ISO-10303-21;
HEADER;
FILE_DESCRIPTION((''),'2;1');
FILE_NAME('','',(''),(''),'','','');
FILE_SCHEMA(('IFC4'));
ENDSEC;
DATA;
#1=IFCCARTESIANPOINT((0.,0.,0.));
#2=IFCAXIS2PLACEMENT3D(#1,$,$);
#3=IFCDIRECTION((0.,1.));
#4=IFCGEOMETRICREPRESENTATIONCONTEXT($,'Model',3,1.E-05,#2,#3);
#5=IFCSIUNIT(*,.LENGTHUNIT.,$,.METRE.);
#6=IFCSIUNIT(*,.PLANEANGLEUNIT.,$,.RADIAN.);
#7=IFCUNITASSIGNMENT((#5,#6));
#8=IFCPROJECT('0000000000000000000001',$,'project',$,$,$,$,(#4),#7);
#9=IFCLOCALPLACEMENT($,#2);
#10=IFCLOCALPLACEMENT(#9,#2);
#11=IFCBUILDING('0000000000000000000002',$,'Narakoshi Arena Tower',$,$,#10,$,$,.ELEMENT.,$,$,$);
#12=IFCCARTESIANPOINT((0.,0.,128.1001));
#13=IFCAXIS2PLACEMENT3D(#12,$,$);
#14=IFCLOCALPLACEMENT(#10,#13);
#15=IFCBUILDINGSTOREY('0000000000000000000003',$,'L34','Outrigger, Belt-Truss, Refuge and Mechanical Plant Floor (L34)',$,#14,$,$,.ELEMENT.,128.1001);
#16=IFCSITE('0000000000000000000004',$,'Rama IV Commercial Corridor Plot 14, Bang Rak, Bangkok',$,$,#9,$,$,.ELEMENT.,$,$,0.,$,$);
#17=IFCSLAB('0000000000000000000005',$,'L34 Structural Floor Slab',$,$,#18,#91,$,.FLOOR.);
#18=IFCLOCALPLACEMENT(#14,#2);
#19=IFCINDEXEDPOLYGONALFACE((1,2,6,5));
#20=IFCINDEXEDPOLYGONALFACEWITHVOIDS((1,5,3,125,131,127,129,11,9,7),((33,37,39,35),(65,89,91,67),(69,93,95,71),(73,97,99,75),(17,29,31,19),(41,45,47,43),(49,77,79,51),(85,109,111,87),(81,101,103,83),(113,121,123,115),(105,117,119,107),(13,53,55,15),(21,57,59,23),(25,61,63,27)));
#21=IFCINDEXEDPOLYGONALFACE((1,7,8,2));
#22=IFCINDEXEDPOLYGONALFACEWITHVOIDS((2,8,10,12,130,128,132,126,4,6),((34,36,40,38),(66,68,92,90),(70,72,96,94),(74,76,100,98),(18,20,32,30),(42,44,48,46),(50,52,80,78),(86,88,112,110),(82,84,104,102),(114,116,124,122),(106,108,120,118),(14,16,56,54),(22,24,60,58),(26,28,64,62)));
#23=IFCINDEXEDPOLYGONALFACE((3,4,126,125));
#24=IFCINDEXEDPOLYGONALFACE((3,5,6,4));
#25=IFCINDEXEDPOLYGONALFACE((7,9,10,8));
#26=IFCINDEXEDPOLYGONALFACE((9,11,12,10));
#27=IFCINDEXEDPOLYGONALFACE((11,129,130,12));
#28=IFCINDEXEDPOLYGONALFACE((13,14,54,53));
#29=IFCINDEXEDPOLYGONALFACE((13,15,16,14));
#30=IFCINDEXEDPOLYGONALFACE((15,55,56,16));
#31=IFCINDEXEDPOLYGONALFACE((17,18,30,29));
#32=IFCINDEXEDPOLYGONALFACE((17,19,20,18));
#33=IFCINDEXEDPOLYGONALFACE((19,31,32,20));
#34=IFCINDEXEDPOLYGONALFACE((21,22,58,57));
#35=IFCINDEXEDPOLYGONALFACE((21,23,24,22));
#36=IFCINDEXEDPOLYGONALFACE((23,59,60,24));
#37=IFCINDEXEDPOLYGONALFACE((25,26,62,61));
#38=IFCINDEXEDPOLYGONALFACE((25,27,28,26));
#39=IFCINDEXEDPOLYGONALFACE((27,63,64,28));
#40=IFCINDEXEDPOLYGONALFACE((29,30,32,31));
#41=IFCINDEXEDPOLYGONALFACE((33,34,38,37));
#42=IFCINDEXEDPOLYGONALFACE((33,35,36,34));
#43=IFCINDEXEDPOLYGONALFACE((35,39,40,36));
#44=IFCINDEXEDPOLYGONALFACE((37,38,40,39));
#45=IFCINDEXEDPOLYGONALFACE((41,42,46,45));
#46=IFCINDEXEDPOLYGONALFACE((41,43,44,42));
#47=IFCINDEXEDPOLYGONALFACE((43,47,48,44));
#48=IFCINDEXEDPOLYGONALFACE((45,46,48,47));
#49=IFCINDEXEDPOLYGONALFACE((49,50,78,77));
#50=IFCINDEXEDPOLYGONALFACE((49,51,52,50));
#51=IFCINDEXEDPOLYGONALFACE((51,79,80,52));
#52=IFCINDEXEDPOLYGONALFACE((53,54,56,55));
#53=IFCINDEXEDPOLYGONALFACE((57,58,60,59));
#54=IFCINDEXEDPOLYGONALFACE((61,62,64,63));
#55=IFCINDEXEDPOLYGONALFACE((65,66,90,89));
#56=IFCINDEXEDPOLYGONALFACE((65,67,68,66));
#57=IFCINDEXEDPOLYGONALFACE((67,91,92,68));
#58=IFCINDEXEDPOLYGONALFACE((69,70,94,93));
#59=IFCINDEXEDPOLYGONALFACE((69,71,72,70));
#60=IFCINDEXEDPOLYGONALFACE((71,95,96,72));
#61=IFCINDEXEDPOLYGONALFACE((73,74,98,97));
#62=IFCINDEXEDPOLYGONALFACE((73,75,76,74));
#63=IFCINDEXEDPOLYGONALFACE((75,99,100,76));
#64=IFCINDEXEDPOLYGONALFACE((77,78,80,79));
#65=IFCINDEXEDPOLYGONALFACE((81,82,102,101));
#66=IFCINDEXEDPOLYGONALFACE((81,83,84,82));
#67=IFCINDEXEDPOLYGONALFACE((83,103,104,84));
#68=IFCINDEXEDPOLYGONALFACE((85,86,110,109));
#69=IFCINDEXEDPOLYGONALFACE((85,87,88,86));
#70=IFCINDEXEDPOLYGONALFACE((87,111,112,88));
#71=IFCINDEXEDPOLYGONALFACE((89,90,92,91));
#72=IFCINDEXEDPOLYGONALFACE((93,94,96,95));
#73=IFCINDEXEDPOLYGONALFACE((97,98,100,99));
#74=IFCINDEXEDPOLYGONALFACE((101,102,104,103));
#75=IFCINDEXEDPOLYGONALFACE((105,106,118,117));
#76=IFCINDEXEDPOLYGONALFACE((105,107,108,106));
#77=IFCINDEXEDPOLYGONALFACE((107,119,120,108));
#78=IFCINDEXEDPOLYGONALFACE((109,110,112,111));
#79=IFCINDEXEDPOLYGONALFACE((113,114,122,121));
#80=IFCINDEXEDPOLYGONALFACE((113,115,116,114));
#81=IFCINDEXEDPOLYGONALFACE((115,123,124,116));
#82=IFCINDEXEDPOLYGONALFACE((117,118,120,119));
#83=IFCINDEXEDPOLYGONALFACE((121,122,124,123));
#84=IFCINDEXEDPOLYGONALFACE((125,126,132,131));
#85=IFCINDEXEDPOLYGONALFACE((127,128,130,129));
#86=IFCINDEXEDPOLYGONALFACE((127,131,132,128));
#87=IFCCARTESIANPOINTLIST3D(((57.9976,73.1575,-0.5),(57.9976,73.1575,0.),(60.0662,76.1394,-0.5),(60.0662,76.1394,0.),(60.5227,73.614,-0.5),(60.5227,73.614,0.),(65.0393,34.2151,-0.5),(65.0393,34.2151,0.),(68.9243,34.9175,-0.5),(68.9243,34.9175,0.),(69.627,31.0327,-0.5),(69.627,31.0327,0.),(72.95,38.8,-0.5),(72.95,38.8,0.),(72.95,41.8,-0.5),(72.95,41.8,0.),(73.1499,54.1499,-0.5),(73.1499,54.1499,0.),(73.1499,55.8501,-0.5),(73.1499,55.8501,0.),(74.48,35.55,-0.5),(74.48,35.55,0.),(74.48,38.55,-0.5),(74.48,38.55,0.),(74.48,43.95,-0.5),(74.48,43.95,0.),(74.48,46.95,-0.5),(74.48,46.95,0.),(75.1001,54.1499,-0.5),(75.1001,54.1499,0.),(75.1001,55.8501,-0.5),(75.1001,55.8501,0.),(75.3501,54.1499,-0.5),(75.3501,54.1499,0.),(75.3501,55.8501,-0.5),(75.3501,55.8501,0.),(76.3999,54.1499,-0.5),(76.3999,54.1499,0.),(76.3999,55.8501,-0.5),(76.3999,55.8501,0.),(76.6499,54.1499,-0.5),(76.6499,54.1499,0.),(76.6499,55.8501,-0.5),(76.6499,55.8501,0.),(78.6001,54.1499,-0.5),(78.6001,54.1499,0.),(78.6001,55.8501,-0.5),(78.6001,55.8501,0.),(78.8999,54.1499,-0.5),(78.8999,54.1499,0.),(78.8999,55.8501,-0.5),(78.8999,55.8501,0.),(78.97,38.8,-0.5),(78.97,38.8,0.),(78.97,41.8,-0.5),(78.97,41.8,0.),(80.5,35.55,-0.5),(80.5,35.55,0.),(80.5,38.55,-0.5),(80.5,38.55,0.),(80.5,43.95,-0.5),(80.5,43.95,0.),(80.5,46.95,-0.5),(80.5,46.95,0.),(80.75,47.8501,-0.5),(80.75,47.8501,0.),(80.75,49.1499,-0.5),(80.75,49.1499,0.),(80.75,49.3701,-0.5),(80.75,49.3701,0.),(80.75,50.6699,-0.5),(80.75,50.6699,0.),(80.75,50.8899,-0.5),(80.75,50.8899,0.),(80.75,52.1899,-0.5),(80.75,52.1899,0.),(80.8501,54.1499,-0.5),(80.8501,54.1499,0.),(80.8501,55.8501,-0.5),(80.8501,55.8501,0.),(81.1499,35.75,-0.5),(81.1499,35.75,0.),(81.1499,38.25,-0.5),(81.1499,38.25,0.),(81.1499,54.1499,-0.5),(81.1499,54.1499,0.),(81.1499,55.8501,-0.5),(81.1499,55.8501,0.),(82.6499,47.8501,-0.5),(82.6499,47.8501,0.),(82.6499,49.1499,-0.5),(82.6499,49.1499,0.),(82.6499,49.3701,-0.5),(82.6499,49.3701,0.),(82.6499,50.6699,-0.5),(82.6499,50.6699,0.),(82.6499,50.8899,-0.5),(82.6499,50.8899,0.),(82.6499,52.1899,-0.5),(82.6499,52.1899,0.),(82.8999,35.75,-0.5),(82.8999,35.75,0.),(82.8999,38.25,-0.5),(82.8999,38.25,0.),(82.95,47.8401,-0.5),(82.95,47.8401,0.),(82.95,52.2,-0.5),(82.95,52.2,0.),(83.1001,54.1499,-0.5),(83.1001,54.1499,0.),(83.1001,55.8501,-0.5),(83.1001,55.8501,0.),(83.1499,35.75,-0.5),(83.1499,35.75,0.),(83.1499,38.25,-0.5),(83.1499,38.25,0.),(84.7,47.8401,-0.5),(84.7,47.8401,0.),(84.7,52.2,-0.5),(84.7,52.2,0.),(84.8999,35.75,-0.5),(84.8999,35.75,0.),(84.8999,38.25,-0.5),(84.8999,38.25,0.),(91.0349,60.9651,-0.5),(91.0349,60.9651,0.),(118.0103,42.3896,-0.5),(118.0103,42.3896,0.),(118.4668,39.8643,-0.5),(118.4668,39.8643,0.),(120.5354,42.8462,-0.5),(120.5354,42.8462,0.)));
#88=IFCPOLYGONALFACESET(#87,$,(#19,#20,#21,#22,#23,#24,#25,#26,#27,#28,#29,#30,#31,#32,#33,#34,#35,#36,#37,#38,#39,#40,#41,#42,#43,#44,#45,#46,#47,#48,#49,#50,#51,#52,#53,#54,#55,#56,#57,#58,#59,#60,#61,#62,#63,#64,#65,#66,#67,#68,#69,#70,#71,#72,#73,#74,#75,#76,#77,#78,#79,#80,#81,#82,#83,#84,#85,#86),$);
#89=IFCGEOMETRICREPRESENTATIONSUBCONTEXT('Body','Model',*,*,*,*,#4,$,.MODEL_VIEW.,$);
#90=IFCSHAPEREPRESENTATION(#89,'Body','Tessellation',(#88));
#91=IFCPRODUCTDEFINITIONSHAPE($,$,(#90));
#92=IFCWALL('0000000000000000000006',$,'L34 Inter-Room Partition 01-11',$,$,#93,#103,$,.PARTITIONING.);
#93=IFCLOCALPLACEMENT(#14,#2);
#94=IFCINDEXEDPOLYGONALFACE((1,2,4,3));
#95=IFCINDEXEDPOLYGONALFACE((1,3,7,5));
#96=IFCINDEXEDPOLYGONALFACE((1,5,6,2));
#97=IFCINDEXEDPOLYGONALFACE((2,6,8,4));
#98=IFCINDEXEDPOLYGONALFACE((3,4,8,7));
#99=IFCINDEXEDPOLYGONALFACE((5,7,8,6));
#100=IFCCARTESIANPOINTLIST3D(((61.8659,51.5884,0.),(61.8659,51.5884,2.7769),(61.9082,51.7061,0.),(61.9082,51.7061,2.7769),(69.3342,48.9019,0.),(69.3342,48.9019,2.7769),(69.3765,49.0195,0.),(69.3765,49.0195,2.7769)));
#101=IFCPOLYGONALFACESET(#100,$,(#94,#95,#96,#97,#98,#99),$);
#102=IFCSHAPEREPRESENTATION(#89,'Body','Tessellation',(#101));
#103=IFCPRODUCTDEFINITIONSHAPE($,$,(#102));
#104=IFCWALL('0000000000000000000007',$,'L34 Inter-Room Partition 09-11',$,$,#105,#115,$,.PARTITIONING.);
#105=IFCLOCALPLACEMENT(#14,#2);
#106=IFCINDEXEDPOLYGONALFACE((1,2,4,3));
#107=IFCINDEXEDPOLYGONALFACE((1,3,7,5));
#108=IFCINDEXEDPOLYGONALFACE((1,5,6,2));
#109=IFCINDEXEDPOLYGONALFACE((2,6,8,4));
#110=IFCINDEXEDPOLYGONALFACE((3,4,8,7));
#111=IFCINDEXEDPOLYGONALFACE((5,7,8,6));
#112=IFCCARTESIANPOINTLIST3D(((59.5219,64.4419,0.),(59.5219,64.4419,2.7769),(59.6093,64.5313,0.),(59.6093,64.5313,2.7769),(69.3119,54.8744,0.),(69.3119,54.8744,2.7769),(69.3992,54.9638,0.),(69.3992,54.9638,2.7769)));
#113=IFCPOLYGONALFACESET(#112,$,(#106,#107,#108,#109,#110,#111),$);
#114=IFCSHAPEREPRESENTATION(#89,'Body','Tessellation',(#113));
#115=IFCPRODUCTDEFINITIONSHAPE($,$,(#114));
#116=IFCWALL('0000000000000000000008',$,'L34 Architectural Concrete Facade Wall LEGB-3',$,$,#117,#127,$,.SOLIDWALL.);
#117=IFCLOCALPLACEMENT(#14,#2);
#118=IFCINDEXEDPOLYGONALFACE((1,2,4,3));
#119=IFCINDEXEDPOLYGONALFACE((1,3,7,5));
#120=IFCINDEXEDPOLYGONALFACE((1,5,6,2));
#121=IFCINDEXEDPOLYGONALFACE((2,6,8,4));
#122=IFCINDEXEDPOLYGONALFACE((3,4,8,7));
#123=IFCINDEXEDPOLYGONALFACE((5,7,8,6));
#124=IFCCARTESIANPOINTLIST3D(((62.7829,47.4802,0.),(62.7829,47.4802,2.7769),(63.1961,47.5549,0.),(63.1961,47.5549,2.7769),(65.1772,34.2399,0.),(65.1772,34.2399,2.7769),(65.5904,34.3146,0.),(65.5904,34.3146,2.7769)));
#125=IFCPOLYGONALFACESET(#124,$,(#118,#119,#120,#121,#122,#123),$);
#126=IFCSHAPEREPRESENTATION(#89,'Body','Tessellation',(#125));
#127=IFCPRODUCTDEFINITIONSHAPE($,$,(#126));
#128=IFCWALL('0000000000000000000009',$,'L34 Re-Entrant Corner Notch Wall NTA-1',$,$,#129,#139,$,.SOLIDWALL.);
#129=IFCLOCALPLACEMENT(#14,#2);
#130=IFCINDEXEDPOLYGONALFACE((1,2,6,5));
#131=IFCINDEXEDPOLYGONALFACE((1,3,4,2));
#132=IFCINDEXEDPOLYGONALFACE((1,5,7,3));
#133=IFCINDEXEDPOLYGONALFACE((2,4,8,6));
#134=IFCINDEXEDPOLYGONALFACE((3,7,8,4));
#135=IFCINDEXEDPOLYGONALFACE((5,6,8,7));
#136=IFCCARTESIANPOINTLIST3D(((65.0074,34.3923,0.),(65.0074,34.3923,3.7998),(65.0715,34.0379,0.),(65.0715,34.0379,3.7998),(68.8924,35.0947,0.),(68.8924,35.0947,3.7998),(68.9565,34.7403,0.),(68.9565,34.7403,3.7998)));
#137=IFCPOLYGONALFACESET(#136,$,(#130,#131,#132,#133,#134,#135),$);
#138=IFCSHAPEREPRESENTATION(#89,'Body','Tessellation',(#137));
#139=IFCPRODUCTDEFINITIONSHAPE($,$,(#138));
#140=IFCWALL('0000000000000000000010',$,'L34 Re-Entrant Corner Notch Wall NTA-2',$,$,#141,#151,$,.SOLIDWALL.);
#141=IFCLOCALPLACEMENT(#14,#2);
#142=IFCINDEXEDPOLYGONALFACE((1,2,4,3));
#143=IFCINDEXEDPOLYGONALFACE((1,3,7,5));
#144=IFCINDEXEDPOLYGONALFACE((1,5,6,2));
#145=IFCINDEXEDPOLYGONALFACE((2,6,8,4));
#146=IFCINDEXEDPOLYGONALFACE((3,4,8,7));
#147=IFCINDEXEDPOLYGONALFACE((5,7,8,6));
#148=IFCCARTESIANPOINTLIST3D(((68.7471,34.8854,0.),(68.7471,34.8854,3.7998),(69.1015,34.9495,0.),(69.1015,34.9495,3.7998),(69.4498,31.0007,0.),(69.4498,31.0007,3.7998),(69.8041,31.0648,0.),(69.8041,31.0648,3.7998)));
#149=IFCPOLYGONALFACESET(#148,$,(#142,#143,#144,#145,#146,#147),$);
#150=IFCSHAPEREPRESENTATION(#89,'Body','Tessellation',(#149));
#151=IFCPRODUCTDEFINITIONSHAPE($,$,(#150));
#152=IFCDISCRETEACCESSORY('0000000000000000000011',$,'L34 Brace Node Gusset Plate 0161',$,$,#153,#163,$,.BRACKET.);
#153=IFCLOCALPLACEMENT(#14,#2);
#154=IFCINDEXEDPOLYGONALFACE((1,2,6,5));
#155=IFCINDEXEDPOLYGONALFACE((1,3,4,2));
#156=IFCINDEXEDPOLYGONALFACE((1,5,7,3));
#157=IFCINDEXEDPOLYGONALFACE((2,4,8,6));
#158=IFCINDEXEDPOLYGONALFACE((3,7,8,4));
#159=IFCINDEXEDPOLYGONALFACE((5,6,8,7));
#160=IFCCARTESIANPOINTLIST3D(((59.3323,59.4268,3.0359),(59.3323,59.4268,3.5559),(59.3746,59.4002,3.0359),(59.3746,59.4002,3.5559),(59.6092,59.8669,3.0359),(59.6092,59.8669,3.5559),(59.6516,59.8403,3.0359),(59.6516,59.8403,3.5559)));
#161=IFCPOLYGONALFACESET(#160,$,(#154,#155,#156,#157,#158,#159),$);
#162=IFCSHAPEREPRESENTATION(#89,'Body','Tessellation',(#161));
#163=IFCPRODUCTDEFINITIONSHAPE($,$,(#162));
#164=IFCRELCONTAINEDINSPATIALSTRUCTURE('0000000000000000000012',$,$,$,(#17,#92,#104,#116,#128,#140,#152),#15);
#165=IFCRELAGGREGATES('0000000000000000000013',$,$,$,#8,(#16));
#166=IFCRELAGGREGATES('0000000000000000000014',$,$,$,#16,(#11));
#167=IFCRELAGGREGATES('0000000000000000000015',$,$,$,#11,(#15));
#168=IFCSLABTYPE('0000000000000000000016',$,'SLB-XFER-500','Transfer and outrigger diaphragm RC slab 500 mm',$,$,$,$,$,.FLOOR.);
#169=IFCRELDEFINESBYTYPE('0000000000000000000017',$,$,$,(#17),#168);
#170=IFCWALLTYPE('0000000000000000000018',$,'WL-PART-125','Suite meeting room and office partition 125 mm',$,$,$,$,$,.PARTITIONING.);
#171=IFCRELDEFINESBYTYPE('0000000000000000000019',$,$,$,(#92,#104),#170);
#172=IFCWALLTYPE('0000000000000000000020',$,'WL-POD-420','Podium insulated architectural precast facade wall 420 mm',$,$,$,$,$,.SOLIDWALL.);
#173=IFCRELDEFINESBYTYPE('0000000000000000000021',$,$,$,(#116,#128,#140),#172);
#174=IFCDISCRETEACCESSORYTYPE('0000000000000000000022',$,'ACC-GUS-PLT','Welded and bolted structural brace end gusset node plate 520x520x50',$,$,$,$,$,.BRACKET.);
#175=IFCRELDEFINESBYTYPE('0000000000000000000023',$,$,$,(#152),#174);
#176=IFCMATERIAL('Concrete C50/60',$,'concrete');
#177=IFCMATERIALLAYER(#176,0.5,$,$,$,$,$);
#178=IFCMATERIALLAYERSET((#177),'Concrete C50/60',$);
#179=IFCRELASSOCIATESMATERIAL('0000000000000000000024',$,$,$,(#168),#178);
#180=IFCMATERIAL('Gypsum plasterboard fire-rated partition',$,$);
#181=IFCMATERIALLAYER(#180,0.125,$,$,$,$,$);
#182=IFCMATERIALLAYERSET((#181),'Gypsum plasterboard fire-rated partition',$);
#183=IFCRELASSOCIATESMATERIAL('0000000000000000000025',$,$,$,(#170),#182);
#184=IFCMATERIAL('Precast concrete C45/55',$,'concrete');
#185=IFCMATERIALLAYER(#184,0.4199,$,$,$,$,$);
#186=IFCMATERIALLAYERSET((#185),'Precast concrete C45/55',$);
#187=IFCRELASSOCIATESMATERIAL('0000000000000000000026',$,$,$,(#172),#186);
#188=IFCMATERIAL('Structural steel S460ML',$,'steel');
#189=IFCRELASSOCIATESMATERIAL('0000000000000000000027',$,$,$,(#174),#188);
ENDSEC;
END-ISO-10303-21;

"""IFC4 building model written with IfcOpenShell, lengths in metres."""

from ifc_helpers import new_model, si_unit, direction, frame, frame_2d, origin, origin_2d, place, context, subcontext, project, spatial, polyline, rectangle, outline, extrude, material, layer, layer_set, type_object, element, save


model = new_model("IFC4")

# Units and contexts
model_context = context("Model", 3, precision=1e-05, world=origin(), true_north=direction((0.0, 1.0)))
body_context = subcontext(model_context, "Body", "Model", "MODEL_VIEW")
ifc_project = project(units=[si_unit("LENGTHUNIT", "METRE"), si_unit("PLANEANGLEUNIT", "RADIAN")], contexts=[model_context])

# Site, building, storey
site_placement = place(None, origin())
site = spatial("IfcSite", under=ifc_project, at=site_placement, Name="Rama IV Commercial Corridor Plot 14, Bang Rak, Bangkok", CompositionType="ELEMENT", RefElevation=0.0)
building_placement = place(site_placement, origin())
building = spatial("IfcBuilding", under=site, at=building_placement, Name="Narakoshi Arena Tower", CompositionType="ELEMENT")
storey_placement = place(building_placement, frame((0.0, 0.0, 128.1001)))
storey = spatial("IfcBuildingStorey", under=building, at=storey_placement, Name="L34", Description="Outrigger, Belt-Truss, Refuge and Mechanical Plant Floor (L34)", CompositionType="ELEMENT", Elevation=128.1001)

# Shared definitions
ifc_material_1 = material(Name="Structural steel S460ML", Category="steel")

# Slab
ifc_material_2 = material(Name="Concrete C50/60", Category="concrete")
ifc_layer_1 = layer(ifc_material_2, 0.5)
ifc_layer_set_1 = layer_set([ifc_layer_1], Name="Concrete C50/60")
slab_type_1 = type_object("IfcSlabType", Name="SLB-XFER-500", Description="Transfer and outrigger diaphragm RC slab 500 mm", PredefinedType="FLOOR", material=ifc_layer_set_1)
slab_1_placement = place(storey_placement, frame((0.0, 0.0, -0.5)))
element("IfcSlab", 1, at=slab_1_placement, inside=storey, type_object=slab_type_1, Name="L34 Structural Floor Slab", PredefinedType="FLOOR", context=body_context, shape_type="SweptSolid", body=[
    extrude(outline(polyline([(69.627, 31.0327), (118.4668, 39.8643), (118.0103, 42.3896), (120.5354, 42.8462), (91.0349, 60.9651), (60.0662, 76.1394), (60.5227, 73.614), (57.9976, 73.1575), (65.0393, 34.2151), (68.9243, 34.9175), (69.627, 31.0327)]), holes=[polyline([(80.5, 35.55), (74.48, 35.55), (74.48, 38.55), (80.5, 38.55), (80.5, 35.55)]), polyline([(82.8999, 35.75), (81.1499, 35.75), (81.1499, 38.25), (82.8999, 38.25), (82.8999, 35.75)]), polyline([(83.1499, 35.75), (83.1499, 38.25), (84.8999, 38.25), (84.8999, 35.75), (83.1499, 35.75)]), polyline([(72.95, 38.8), (72.95, 41.8), (78.97, 41.8), (78.97, 38.8), (72.95, 38.8)]), polyline([(74.48, 43.95), (74.48, 46.95), (80.5, 46.95), (80.5, 43.95), (74.48, 43.95)]), polyline([(82.95, 47.8401), (82.95, 52.2), (84.7, 52.2), (84.7, 47.8401), (82.95, 47.8401)]), polyline([(80.75, 47.8501), (80.75, 49.1499), (82.6499, 49.1499), (82.6499, 47.8501), (80.75, 47.8501)]), polyline([(80.75, 49.3701), (80.75, 50.6699), (82.6499, 50.6699), (82.6499, 49.3701), (80.75, 49.3701)]), polyline([(80.75, 50.8899), (80.75, 52.1899), (82.6499, 52.1899), (82.6499, 50.8899), (80.75, 50.8899)]), polyline([(73.1499, 54.1499), (73.1499, 55.8501), (75.1001, 55.8501), (75.1001, 54.1499), (73.1499, 54.1499)]), polyline([(75.3501, 54.1499), (75.3501, 55.8501), (76.3999, 55.8501), (76.3999, 54.1499), (75.3501, 54.1499)]), polyline([(76.6499, 54.1499), (76.6499, 55.8501), (78.6001, 55.8501), (78.6001, 54.1499), (76.6499, 54.1499)]), polyline([(78.8999, 54.1499), (78.8999, 55.8501), (80.8501, 55.8501), (80.8501, 54.1499), (78.8999, 54.1499)]), polyline([(81.1499, 54.1499), (81.1499, 55.8501), (83.1001, 55.8501), (83.1001, 54.1499), (81.1499, 54.1499)])]), origin(), (0.0, 0.0, 1.0), 0.5),
])

# Walls
ifc_material_3 = material(Name="Gypsum plasterboard fire-rated partition")
ifc_layer_2 = layer(ifc_material_3, 0.125)
ifc_layer_set_2 = layer_set([ifc_layer_2], Name="Gypsum plasterboard fire-rated partition")
wall_type_1 = type_object("IfcWallType", Name="WL-PART-125", Description="Suite meeting room and office partition 125 mm", PredefinedType="PARTITIONING", material=ifc_layer_set_2)
wall_1_placement = place(storey_placement, frame((61.8872, 51.6472, 0.0), z_axis=(0.0, 0.0, 1.0), x_axis=(0.94097, -0.338491, 0.0)))
element("IfcWall", 2, at=wall_1_placement, inside=storey, type_object=wall_type_1, Name="L34 Inter-Room Partition 01-11", PredefinedType="PARTITIONING", context=body_context, shape_type="SweptSolid", body=[
    extrude(rectangle(XDim=7.9368, YDim=0.125, at=frame_2d((3.9683, 0.0))), origin(), (0.0, 0.0, 1.0), 2.7769),
])
wall_2_placement = place(storey_placement, frame((69.3555, 54.9192, 0.0), z_axis=(0.0, 0.0, 1.0), x_axis=(-0.715184, 0.698936, 0.0)))
element("IfcWall", 3, at=wall_2_placement, inside=storey, type_object=wall_type_1, Name="L34 Inter-Room Partition 09-11", PredefinedType="PARTITIONING", context=body_context, shape_type="SweptSolid", body=[
    extrude(rectangle(XDim=13.6887, YDim=0.125, at=frame_2d((6.8442, 0.0))), origin(), (0.0, 0.0, 1.0), 2.7769),
])
ifc_material_4 = material(Name="Precast concrete C45/55", Category="concrete")
ifc_layer_3 = layer(ifc_material_4, 0.4199)
ifc_layer_set_3 = layer_set([ifc_layer_3], Name="Precast concrete C45/55")
wall_type_2 = type_object("IfcWallType", Name="WL-POD-420", Description="Podium insulated architectural precast facade wall 420 mm", PredefinedType="SOLIDWALL", material=ifc_layer_set_3)
wall_3_placement = place(storey_placement, frame((62.9895, 47.5176, 0.0), z_axis=(0.0, 0.0, 1.0), x_axis=(0.177948, -0.98404, 0.0)))
element("IfcWall", 4, at=wall_3_placement, inside=storey, type_object=wall_type_2, Name="L34 Architectural Concrete Facade Wall LEGB-3", PredefinedType="SOLIDWALL", context=body_context, shape_type="SweptSolid", body=[
    extrude(rectangle(XDim=13.4551, YDim=0.4199, at=frame_2d((6.7275, 0.0))), origin(), (0.0, 0.0, 1.0), 2.7769),
])
wall_4_placement = place(storey_placement, frame((65.0393, 34.2151, 0.0), z_axis=(0.0, 0.0, 1.0), x_axis=(0.984047, 0.177911, 0.0)))
element("IfcWall", 5, at=wall_4_placement, inside=storey, type_object=wall_type_2, Name="L34 Re-Entrant Corner Notch Wall NTA-1", PredefinedType="SOLIDWALL", context=body_context, shape_type="SweptSolid", body=[
    extrude(rectangle(XDim=3.948, YDim=0.3601, at=frame_2d((1.9741, 0.0))), origin(), (0.0, 0.0, 1.0), 3.7998),
])
wall_5_placement = place(storey_placement, frame((68.9243, 34.9175, 0.0), z_axis=(0.0, 0.0, 1.0), x_axis=(0.177982, -0.984034, 0.0)))
element("IfcWall", 6, at=wall_5_placement, inside=storey, type_object=wall_type_2, Name="L34 Re-Entrant Corner Notch Wall NTA-2", PredefinedType="SOLIDWALL", context=body_context, shape_type="SweptSolid", body=[
    extrude(rectangle(XDim=3.9478, YDim=0.3601, at=frame_2d((1.9739, 0.0))), origin(), (0.0, 0.0, 1.0), 3.7998),
])

# Discrete accessory
discrete_accessory_type = type_object("IfcDiscreteAccessoryType", Name="ACC-GUS-PLT", Description="Welded and bolted structural brace end gusset node plate 520x520x50", PredefinedType="BRACKET", material=ifc_material_1)
discrete_accessory_placement = place(storey_placement, frame((59.4919, 59.6335, 3.0359), z_axis=(0.0, 0.0, 1.0), x_axis=(0.532581, 0.846379, 0.0)))
element("IfcDiscreteAccessory", 7, at=discrete_accessory_placement, inside=storey, type_object=discrete_accessory_type, Name="L34 Brace Node Gusset Plate 0161", PredefinedType="BRACKET", context=body_context, shape_type="SweptSolid", body=[
    extrude(rectangle(XDim=0.52, YDim=0.05, at=origin_2d()), origin(), (0.0, 0.0, 1.0), 0.52),
])

save(model, "model.ifc")
